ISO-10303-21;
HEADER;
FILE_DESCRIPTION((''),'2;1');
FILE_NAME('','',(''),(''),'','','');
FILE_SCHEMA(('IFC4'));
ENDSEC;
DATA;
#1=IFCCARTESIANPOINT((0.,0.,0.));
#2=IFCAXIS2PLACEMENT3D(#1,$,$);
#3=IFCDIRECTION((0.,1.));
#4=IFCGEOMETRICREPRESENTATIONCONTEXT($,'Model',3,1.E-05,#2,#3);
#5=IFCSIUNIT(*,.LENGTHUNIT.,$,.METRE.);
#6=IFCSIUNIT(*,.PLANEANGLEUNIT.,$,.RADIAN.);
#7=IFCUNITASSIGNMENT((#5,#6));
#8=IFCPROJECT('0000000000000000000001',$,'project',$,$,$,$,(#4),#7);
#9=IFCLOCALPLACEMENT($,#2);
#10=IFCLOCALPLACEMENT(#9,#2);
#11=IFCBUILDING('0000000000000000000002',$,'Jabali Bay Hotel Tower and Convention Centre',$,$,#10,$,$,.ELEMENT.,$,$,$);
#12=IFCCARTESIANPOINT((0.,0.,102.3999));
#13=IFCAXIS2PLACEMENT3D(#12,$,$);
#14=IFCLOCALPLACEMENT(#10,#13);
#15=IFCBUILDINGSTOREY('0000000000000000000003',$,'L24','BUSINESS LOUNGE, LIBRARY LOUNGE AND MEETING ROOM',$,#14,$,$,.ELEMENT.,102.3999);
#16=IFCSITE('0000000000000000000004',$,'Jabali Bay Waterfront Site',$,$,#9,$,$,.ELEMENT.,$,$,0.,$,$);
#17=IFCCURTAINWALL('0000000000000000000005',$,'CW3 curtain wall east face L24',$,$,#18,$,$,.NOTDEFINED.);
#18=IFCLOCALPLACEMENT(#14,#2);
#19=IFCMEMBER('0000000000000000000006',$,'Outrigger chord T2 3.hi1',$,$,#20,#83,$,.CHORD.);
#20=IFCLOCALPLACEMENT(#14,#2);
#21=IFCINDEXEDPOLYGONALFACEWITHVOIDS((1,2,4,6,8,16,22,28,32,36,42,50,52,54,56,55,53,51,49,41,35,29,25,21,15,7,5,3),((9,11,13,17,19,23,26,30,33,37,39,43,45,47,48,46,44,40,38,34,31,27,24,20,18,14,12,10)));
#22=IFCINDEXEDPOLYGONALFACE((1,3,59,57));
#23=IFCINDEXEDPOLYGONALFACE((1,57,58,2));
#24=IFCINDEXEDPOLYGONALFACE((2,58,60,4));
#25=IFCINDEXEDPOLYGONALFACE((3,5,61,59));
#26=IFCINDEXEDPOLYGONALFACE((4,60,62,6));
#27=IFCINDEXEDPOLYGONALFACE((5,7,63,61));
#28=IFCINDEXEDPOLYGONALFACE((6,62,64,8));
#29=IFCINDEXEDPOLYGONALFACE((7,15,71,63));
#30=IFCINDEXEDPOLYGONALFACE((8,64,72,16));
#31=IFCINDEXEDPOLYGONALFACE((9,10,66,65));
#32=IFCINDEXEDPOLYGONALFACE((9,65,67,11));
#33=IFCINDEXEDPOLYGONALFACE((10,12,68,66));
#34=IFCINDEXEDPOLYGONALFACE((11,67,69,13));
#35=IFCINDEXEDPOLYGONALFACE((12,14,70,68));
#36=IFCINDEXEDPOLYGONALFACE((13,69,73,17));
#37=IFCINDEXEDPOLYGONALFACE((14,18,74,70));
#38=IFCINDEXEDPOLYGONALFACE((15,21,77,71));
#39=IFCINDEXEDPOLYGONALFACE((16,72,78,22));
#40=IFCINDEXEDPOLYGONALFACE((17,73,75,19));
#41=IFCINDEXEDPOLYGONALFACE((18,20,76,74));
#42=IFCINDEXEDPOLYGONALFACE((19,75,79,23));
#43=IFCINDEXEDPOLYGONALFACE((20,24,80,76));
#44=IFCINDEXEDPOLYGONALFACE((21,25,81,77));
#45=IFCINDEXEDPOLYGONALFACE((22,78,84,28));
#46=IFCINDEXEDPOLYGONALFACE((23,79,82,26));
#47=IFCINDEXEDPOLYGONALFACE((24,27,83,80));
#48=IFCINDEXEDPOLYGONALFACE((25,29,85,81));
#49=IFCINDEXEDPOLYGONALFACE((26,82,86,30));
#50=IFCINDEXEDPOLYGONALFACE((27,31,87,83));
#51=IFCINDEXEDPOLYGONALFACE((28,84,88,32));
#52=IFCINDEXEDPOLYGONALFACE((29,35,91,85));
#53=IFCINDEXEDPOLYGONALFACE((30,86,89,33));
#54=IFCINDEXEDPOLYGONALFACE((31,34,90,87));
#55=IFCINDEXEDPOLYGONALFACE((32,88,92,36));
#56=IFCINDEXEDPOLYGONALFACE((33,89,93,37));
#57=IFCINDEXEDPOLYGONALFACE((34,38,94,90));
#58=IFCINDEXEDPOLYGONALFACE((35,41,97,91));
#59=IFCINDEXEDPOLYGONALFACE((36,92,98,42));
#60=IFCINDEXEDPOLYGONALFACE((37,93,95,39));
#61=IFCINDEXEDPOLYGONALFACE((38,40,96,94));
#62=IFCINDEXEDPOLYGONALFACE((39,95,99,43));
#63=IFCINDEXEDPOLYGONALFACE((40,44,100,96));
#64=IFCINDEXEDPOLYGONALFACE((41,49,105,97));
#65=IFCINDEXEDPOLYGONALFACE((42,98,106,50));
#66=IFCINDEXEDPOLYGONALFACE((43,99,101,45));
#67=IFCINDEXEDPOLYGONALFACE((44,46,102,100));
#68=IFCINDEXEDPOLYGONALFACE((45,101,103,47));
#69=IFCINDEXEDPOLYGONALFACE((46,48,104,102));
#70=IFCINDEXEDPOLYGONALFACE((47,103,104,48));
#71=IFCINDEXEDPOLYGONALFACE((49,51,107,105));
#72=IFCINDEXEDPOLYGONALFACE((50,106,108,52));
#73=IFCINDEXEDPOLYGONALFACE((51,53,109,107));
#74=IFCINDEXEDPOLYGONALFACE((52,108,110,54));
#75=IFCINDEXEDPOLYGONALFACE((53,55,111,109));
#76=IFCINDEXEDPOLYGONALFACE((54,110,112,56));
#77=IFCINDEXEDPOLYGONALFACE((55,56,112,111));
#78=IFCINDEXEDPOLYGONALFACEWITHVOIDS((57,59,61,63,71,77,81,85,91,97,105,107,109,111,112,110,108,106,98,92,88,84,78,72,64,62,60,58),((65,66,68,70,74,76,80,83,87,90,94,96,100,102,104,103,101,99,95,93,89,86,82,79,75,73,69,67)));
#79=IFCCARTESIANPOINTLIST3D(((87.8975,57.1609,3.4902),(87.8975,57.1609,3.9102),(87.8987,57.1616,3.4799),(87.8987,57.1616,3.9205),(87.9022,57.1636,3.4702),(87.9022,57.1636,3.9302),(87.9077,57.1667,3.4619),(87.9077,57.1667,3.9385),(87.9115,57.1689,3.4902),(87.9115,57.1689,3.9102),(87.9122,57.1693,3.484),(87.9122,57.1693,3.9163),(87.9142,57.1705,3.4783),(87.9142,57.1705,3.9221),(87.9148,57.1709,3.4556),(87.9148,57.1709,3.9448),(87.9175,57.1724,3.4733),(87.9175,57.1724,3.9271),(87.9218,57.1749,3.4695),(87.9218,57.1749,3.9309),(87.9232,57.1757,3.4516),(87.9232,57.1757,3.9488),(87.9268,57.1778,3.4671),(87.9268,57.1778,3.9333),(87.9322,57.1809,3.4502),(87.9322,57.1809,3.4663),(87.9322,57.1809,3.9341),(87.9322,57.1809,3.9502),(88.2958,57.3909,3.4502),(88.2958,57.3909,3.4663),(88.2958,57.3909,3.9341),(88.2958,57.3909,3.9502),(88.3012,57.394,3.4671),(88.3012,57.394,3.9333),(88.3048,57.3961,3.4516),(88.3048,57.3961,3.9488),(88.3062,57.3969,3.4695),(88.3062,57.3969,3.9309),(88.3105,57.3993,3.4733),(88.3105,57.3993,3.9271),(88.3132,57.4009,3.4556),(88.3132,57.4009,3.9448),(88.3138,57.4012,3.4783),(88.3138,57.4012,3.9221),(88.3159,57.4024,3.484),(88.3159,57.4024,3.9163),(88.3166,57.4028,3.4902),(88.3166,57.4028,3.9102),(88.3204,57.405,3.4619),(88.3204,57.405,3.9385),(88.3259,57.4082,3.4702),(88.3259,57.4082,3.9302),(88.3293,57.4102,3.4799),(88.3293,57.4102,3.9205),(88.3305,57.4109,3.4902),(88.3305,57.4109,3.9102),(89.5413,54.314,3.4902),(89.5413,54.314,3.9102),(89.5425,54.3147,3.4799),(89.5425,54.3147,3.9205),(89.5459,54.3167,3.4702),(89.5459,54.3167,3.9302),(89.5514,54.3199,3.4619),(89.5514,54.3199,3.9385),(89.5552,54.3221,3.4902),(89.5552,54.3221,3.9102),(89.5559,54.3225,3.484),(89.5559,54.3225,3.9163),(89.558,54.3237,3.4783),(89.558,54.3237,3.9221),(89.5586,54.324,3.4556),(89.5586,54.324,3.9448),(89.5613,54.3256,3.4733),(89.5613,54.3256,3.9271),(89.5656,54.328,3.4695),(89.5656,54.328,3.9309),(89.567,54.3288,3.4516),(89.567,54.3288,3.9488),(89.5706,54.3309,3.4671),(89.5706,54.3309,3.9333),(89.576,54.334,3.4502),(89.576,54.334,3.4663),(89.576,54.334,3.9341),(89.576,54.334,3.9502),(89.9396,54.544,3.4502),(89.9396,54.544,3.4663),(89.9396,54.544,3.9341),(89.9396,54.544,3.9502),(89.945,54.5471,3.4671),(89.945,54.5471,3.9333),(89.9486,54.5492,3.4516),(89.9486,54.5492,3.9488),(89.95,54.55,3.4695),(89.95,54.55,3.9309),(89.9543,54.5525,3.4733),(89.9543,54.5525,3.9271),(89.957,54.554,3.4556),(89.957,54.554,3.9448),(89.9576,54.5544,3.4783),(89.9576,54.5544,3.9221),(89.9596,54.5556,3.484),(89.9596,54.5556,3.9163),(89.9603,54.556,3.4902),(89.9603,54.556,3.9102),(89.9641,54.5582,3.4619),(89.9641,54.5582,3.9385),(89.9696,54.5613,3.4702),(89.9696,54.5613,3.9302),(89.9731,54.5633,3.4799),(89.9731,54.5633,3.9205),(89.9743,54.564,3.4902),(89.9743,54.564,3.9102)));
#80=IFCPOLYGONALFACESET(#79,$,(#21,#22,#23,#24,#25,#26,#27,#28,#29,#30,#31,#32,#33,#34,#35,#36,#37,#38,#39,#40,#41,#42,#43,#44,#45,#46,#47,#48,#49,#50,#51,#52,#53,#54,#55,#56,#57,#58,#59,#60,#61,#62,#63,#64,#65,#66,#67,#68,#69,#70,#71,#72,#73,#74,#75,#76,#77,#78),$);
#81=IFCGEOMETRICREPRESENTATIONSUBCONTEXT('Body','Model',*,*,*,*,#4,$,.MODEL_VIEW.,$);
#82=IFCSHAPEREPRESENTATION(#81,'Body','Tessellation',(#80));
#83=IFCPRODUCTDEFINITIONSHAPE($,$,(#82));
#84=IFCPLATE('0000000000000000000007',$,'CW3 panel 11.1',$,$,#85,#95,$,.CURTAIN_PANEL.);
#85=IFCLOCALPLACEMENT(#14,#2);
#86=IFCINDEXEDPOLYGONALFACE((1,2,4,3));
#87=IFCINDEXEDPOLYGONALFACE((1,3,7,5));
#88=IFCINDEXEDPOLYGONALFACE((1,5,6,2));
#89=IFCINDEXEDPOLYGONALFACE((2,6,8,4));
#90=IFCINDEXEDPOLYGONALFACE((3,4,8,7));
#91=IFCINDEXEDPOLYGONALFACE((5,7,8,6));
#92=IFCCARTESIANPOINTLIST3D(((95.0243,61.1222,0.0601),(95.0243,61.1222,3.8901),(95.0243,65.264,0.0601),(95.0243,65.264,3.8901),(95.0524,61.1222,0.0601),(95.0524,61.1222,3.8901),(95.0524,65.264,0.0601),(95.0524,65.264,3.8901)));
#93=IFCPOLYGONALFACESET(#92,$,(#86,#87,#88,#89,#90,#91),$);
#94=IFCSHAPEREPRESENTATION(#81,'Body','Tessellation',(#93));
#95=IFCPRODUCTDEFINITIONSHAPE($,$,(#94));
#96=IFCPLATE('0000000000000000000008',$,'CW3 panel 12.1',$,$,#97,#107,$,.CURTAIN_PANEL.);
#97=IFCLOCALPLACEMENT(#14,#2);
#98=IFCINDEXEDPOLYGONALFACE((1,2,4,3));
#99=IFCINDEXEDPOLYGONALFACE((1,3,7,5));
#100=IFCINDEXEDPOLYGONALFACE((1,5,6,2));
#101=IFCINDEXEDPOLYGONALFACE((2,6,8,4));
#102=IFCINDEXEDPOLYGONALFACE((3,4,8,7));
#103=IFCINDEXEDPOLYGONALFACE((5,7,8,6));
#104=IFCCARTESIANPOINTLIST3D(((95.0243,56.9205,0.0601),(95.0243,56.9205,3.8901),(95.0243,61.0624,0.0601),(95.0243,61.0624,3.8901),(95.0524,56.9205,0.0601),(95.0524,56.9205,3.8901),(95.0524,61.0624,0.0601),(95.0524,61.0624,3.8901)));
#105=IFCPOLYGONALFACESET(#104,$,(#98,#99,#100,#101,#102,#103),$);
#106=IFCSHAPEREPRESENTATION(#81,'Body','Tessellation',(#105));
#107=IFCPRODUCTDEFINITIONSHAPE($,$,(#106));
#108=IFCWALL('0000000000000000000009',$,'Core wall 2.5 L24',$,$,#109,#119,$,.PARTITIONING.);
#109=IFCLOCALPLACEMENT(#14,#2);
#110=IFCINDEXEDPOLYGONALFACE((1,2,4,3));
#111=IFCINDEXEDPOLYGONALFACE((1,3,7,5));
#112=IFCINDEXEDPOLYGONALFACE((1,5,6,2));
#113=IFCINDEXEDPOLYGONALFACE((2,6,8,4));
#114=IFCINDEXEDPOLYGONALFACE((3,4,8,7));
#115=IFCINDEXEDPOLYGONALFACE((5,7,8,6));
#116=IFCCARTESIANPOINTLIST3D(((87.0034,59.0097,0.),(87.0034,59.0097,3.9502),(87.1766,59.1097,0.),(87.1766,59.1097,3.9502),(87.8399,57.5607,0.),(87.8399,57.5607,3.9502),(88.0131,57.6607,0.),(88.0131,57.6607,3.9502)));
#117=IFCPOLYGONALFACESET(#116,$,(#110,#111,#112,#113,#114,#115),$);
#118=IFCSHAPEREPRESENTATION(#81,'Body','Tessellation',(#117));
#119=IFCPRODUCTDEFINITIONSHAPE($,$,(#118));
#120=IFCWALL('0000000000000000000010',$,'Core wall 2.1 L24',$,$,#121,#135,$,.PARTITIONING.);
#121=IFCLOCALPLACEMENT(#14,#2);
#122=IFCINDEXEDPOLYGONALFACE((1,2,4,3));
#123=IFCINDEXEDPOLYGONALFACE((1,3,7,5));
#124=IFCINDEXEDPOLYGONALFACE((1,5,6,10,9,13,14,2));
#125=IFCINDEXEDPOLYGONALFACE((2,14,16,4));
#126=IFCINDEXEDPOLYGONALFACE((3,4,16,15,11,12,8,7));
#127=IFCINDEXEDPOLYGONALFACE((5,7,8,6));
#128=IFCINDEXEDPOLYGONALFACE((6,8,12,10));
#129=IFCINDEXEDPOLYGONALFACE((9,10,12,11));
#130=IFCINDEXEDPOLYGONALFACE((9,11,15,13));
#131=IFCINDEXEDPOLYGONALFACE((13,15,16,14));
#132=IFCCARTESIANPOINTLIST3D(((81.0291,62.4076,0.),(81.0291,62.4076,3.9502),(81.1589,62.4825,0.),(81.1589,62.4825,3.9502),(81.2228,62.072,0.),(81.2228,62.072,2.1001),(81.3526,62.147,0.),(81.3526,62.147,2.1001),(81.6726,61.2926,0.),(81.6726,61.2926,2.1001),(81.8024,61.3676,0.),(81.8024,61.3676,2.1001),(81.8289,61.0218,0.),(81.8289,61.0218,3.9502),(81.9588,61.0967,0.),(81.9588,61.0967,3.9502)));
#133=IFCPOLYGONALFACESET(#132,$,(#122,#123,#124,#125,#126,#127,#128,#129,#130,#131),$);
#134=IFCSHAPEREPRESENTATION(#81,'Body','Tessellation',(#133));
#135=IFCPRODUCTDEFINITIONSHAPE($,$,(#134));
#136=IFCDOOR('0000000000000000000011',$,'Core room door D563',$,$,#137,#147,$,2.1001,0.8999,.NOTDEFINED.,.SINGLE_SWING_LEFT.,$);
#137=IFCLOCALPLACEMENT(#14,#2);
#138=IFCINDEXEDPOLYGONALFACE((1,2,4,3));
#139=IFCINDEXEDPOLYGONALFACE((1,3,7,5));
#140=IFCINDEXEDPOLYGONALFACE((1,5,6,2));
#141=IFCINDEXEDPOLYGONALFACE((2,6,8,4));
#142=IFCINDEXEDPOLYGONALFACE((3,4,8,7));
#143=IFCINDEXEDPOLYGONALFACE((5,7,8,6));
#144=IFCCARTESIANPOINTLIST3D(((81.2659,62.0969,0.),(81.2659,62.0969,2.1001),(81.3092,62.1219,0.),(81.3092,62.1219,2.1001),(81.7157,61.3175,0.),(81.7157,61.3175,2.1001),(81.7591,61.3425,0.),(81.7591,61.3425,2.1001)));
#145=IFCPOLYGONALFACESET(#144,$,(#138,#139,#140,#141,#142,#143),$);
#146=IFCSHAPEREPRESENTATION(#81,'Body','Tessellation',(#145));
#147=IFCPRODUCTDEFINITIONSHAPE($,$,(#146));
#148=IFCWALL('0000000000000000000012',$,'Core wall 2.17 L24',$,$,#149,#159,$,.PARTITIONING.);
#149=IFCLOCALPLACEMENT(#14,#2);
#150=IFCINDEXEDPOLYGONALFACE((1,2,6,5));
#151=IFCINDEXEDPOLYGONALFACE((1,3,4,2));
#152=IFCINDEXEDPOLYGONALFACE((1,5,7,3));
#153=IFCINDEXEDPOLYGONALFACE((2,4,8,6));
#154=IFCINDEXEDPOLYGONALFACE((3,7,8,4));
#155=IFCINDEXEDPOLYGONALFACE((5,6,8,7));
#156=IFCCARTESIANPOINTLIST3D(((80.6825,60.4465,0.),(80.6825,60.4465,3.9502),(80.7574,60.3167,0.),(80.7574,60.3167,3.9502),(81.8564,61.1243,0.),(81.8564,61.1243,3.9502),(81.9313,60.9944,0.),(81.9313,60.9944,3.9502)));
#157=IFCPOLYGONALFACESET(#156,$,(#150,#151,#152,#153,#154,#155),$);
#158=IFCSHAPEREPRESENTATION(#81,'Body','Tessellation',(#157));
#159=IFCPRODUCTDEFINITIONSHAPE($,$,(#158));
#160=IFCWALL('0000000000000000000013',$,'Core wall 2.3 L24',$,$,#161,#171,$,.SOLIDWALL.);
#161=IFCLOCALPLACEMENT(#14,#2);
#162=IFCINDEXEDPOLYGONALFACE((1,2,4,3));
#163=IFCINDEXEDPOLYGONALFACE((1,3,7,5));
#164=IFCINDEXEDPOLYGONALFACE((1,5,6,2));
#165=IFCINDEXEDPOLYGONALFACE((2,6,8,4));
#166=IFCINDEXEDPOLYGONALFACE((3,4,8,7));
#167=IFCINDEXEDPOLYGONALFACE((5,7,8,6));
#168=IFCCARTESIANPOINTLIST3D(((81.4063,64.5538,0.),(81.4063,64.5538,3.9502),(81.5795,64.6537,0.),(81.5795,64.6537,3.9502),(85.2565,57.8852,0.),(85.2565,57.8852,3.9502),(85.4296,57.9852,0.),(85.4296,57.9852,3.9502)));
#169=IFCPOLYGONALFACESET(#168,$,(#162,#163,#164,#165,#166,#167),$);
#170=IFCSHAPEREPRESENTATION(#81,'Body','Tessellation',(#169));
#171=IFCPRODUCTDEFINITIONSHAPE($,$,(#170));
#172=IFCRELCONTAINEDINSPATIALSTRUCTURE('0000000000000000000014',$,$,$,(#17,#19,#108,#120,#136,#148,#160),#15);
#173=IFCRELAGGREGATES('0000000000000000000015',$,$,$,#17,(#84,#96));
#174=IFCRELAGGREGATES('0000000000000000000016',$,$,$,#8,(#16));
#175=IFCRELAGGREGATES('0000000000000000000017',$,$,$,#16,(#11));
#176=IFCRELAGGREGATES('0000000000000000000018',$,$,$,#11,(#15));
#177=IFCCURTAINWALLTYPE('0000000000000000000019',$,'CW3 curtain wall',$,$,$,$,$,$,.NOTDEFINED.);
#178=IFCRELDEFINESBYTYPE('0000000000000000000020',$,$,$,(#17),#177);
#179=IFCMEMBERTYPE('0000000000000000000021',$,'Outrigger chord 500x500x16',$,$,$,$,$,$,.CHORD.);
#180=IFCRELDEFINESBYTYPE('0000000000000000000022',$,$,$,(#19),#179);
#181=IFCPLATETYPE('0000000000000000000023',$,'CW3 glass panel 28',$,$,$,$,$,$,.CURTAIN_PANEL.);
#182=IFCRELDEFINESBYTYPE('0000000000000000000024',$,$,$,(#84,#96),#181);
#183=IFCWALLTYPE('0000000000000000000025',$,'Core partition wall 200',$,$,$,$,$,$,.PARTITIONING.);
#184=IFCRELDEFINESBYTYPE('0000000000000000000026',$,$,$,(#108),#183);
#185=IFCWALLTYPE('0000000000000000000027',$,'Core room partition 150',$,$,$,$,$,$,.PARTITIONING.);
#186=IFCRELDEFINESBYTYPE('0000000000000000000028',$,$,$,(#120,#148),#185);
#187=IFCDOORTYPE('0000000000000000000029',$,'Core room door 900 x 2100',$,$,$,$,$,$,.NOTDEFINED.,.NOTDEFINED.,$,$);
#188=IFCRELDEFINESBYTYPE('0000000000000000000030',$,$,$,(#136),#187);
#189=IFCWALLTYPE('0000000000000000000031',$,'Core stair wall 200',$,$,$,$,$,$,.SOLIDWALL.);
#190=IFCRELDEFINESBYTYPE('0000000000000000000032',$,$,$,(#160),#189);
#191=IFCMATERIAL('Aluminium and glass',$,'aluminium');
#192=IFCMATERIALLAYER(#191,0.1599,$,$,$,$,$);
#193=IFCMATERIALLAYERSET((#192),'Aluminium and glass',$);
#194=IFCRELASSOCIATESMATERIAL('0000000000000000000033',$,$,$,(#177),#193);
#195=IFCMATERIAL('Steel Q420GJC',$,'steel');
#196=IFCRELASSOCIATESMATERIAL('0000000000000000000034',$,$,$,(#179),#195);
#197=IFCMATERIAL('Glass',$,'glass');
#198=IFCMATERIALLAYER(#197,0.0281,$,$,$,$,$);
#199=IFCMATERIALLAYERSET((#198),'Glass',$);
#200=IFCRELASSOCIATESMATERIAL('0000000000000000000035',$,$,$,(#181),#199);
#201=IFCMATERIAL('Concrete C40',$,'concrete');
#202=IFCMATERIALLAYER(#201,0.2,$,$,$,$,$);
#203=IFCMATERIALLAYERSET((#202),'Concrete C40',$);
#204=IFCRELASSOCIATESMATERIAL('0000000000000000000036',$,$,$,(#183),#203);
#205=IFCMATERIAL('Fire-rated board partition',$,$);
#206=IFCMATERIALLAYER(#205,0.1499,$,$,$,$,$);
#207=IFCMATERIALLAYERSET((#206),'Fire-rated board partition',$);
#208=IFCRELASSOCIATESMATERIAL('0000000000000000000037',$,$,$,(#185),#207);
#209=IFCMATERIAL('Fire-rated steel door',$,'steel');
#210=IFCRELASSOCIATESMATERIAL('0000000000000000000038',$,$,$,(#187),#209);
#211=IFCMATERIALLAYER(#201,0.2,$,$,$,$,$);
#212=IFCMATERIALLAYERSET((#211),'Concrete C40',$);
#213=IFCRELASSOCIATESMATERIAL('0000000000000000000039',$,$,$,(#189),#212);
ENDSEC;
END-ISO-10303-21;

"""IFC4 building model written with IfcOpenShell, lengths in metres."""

from ifc_helpers import new_model, si_unit, direction, frame, frame_2d, origin, origin_2d, place, context, subcontext, project, spatial, rectangle, hollow_rectangle, extrude, material, layer, layer_set, material_profile, profile_set, type_object, element, fill, aggregate, save


model = new_model("IFC4")

# Units and contexts
model_context = context("Model", 3, precision=1e-05, world=origin(), true_north=direction((0.0, 1.0)))
body_context = subcontext(model_context, "Body", "Model", "MODEL_VIEW")
ifc_project = project(units=[si_unit("LENGTHUNIT", "METRE"), si_unit("PLANEANGLEUNIT", "RADIAN")], contexts=[model_context])

# Site, building, storey
site_placement = place(None, origin())
site = spatial("IfcSite", under=ifc_project, at=site_placement, Name="Jabali Bay Waterfront Site", CompositionType="ELEMENT", RefElevation=0.0)
building_placement = place(site_placement, origin())
building = spatial("IfcBuilding", under=site, at=building_placement, Name="Jabali Bay Hotel Tower and Convention Centre", CompositionType="ELEMENT")
storey_placement = place(building_placement, frame((0.0, 0.0, 102.3999)))
storey = spatial("IfcBuildingStorey", under=building, at=storey_placement, Name="L24", Description="BUSINESS LOUNGE, LIBRARY LOUNGE AND MEETING ROOM", CompositionType="ELEMENT", Elevation=102.3999)

# Shared definitions
ifc_material_1 = material(Name="Steel Q420GJC", Category="steel")

# Curtain wall
ifc_material_2 = material(Name="Aluminium and glass", Category="aluminium")
ifc_layer_1 = layer(ifc_material_2, 0.1599)
ifc_layer_set_1 = layer_set([ifc_layer_1], Name="Aluminium and glass")
curtain_wall_type = type_object("IfcCurtainWallType", Name="CW3 curtain wall", PredefinedType="NOTDEFINED", material=ifc_layer_set_1)
curtain_wall_placement = place(storey_placement, origin())
curtain_wall = element("IfcCurtainWall", 1, at=curtain_wall_placement, inside=storey, type_object=curtain_wall_type, Name="CW3 curtain wall east face L24", PredefinedType="NOTDEFINED")

# Member
ifc_material_profile_1 = material_profile(ifc_material_1, hollow_rectangle(XDim=0.5, YDim=0.5, WallThickness=0.0161, InnerFilletRadius=0.0239, OuterFilletRadius=0.04, at=origin_2d()), Name="Outrigger chord 500x500x16")
ifc_profile_set_1 = profile_set([ifc_material_profile_1], Name="Steel Q420GJC")
member_type_1 = type_object("IfcMemberType", Name="Outrigger chord 500x500x16", PredefinedType="CHORD", material=ifc_profile_set_1)
member_1_placement = place(storey_placement, frame((88.114, 57.2859, 3.7002), z_axis=(0.500029, -0.866009, 0.0), x_axis=(0.866009, 0.500029, 0.0)))
element("IfcMember", 2, at=member_1_placement, inside=storey, type_object=member_type_1, Name="Outrigger chord T2 3.hi1", PredefinedType="CHORD", context=body_context, shape_type="SweptSolid", body=[
    extrude(hollow_rectangle(XDim=0.5, YDim=0.5, WallThickness=0.0161, InnerFilletRadius=0.0239, OuterFilletRadius=0.04, at=origin_2d()), origin(), (0.0, 0.0, 1.0), 3.2874),
])

# Plates
ifc_material_3 = material(Name="Glass", Category="glass")
ifc_layer_2 = layer(ifc_material_3, 0.0281)
ifc_layer_set_2 = layer_set([ifc_layer_2], Name="Glass")
plate_type = type_object("IfcPlateType", Name="CW3 glass panel 28", PredefinedType="CURTAIN_PANEL", material=ifc_layer_set_2)
plate_1_placement = place(storey_placement, frame((95.0383, 63.1931, 0.0601), z_axis=(0.0, 0.0, 1.0), x_axis=(0.0, -1.0, 0.0)))
plate_1 = element("IfcPlate", 3, at=plate_1_placement, type_object=plate_type, Name="CW3 panel 11.1", PredefinedType="CURTAIN_PANEL", context=body_context, shape_type="SweptSolid", body=[
    extrude(rectangle(XDim=4.1418, YDim=0.0281, at=origin_2d()), origin(), (0.0, 0.0, 1.0), 3.8301),
])
plate_2_placement = place(storey_placement, frame((95.0383, 58.9915, 0.0601), z_axis=(0.0, 0.0, 1.0), x_axis=(0.0, -1.0, 0.0)))
plate_2 = element("IfcPlate", 4, at=plate_2_placement, type_object=plate_type, Name="CW3 panel 12.1", PredefinedType="CURTAIN_PANEL", context=body_context, shape_type="SweptSolid", body=[
    extrude(rectangle(XDim=4.1418, YDim=0.0281, at=origin_2d()), origin(), (0.0, 0.0, 1.0), 3.8301),
])
aggregate(curtain_wall, [plate_1, plate_2])

# Wall
ifc_material_4 = material(Name="Concrete C40", Category="concrete")
ifc_layer_3 = layer(ifc_material_4, 0.2)
ifc_layer_set_3 = layer_set([ifc_layer_3], Name="Concrete C40")
wall_type_1 = type_object("IfcWallType", Name="Core partition wall 200", PredefinedType="PARTITIONING", material=ifc_layer_set_3)
wall_1_placement = place(storey_placement, frame((87.0901, 59.0596, 0.0), z_axis=(0.0, 0.0, 1.0), x_axis=(0.499937, -0.866062, 0.0)))
element("IfcWall", 5, at=wall_1_placement, inside=storey, type_object=wall_type_1, Name="Core wall 2.5 L24", PredefinedType="PARTITIONING", context=body_context, shape_type="SweptSolid", body=[
    extrude(rectangle(XDim=1.6731, YDim=0.2, at=frame_2d((0.8364, 0.0))), origin(), (0.0, 0.0, 1.0), 3.9502),
])

# Wall, opening, door
ifc_material_5 = material(Name="Fire-rated board partition")
ifc_layer_4 = layer(ifc_material_5, 0.1499)
ifc_layer_set_4 = layer_set([ifc_layer_4], Name="Fire-rated board partition")
wall_type_2 = type_object("IfcWallType", Name="Core room partition 150", PredefinedType="PARTITIONING", material=ifc_layer_set_4)
wall_2_placement = place(storey_placement, frame((81.094, 62.4451, 0.0), z_axis=(0.0, 0.0, 1.0), x_axis=(0.499881, -0.866094, 0.0)))
wall_2 = element("IfcWall", 6, at=wall_2_placement, inside=storey, type_object=wall_type_2, Name="Core wall 2.1 L24", PredefinedType="PARTITIONING", context=body_context, shape_type="SweptSolid", body=[
    extrude(rectangle(XDim=1.6001, YDim=0.1499, at=frame_2d((0.8, 0.0))), origin(), (0.0, 0.0, 1.0), 3.9502),
])
opening_1_placement = place(wall_2_placement, frame((0.3875, 0.0, 0.0)))
opening_1 = element("IfcOpeningElement", 7, at=opening_1_placement, cuts=wall_2, PredefinedType="OPENING", context=body_context, shape_type="SweptSolid", body=[
    extrude(rectangle(XDim=0.8999, YDim=2.1001, at=frame_2d((0.45, 1.05))), frame((0.0, 0.0854, 0.0), z_axis=(0.0, -1.0, 0.0), x_axis=(1.0, 0.0, 0.0)), (0.0, 0.0, 1.0), 0.1709),
])
ifc_material_6 = material(Name="Fire-rated steel door", Category="steel")
door_type_1 = type_object("IfcDoorType", Name="Core room door 900 x 2100", OperationType="NOTDEFINED", PredefinedType="NOTDEFINED", material=ifc_material_6)
door_1_placement = place(opening_1_placement, origin())
door_1 = element("IfcDoor", 8, at=door_1_placement, inside=storey, type_object=door_type_1, Name="Core room door D563", OperationType="SINGLE_SWING_LEFT", OverallHeight=2.1001, OverallWidth=0.8999, PredefinedType="NOTDEFINED", context=body_context, shape_type="SweptSolid", body=[
    extrude(rectangle(XDim=0.8999, YDim=2.1001, at=frame_2d((0.45, 1.05))), frame((0.0, 0.0249, 0.0), z_axis=(0.0, -1.0, 0.0), x_axis=(1.0, 0.0, 0.0)), (0.0, 0.0, 1.0), 0.05),
])
fill(opening_1, door_1)

# Walls
wall_3_placement = place(storey_placement, frame((80.72, 60.3816, 0.0), z_axis=(0.0, 0.0, 1.0), x_axis=(0.866018, 0.500013, 0.0)))
element("IfcWall", 9, at=wall_3_placement, inside=storey, type_object=wall_type_2, Name="Core wall 2.17 L24", PredefinedType="PARTITIONING", context=body_context, shape_type="SweptSolid", body=[
    extrude(rectangle(XDim=1.3555, YDim=0.1499, at=frame_2d((0.6777, 0.0))), origin(), (0.0, 0.0, 1.0), 3.9502),
])
ifc_layer_5 = layer(ifc_material_4, 0.2)
ifc_layer_set_5 = layer_set([ifc_layer_5], Name="Concrete C40")
wall_type_3 = type_object("IfcWallType", Name="Core stair wall 200", PredefinedType="SOLIDWALL", material=ifc_layer_set_5)
wall_4_placement = place(storey_placement, frame((81.4929, 64.6038, 0.0), z_axis=(0.0, 0.0, 1.0), x_axis=(0.500006, -0.866022, 0.0)))
element("IfcWall", 10, at=wall_4_placement, inside=storey, type_object=wall_type_3, Name="Core wall 2.3 L24", PredefinedType="SOLIDWALL", context=body_context, shape_type="SweptSolid", body=[
    extrude(rectangle(XDim=7.7002, YDim=0.2, at=frame_2d((3.8501, 0.0))), origin(), (0.0, 0.0, 1.0), 3.9502),
])

save(model, "model.ifc")
